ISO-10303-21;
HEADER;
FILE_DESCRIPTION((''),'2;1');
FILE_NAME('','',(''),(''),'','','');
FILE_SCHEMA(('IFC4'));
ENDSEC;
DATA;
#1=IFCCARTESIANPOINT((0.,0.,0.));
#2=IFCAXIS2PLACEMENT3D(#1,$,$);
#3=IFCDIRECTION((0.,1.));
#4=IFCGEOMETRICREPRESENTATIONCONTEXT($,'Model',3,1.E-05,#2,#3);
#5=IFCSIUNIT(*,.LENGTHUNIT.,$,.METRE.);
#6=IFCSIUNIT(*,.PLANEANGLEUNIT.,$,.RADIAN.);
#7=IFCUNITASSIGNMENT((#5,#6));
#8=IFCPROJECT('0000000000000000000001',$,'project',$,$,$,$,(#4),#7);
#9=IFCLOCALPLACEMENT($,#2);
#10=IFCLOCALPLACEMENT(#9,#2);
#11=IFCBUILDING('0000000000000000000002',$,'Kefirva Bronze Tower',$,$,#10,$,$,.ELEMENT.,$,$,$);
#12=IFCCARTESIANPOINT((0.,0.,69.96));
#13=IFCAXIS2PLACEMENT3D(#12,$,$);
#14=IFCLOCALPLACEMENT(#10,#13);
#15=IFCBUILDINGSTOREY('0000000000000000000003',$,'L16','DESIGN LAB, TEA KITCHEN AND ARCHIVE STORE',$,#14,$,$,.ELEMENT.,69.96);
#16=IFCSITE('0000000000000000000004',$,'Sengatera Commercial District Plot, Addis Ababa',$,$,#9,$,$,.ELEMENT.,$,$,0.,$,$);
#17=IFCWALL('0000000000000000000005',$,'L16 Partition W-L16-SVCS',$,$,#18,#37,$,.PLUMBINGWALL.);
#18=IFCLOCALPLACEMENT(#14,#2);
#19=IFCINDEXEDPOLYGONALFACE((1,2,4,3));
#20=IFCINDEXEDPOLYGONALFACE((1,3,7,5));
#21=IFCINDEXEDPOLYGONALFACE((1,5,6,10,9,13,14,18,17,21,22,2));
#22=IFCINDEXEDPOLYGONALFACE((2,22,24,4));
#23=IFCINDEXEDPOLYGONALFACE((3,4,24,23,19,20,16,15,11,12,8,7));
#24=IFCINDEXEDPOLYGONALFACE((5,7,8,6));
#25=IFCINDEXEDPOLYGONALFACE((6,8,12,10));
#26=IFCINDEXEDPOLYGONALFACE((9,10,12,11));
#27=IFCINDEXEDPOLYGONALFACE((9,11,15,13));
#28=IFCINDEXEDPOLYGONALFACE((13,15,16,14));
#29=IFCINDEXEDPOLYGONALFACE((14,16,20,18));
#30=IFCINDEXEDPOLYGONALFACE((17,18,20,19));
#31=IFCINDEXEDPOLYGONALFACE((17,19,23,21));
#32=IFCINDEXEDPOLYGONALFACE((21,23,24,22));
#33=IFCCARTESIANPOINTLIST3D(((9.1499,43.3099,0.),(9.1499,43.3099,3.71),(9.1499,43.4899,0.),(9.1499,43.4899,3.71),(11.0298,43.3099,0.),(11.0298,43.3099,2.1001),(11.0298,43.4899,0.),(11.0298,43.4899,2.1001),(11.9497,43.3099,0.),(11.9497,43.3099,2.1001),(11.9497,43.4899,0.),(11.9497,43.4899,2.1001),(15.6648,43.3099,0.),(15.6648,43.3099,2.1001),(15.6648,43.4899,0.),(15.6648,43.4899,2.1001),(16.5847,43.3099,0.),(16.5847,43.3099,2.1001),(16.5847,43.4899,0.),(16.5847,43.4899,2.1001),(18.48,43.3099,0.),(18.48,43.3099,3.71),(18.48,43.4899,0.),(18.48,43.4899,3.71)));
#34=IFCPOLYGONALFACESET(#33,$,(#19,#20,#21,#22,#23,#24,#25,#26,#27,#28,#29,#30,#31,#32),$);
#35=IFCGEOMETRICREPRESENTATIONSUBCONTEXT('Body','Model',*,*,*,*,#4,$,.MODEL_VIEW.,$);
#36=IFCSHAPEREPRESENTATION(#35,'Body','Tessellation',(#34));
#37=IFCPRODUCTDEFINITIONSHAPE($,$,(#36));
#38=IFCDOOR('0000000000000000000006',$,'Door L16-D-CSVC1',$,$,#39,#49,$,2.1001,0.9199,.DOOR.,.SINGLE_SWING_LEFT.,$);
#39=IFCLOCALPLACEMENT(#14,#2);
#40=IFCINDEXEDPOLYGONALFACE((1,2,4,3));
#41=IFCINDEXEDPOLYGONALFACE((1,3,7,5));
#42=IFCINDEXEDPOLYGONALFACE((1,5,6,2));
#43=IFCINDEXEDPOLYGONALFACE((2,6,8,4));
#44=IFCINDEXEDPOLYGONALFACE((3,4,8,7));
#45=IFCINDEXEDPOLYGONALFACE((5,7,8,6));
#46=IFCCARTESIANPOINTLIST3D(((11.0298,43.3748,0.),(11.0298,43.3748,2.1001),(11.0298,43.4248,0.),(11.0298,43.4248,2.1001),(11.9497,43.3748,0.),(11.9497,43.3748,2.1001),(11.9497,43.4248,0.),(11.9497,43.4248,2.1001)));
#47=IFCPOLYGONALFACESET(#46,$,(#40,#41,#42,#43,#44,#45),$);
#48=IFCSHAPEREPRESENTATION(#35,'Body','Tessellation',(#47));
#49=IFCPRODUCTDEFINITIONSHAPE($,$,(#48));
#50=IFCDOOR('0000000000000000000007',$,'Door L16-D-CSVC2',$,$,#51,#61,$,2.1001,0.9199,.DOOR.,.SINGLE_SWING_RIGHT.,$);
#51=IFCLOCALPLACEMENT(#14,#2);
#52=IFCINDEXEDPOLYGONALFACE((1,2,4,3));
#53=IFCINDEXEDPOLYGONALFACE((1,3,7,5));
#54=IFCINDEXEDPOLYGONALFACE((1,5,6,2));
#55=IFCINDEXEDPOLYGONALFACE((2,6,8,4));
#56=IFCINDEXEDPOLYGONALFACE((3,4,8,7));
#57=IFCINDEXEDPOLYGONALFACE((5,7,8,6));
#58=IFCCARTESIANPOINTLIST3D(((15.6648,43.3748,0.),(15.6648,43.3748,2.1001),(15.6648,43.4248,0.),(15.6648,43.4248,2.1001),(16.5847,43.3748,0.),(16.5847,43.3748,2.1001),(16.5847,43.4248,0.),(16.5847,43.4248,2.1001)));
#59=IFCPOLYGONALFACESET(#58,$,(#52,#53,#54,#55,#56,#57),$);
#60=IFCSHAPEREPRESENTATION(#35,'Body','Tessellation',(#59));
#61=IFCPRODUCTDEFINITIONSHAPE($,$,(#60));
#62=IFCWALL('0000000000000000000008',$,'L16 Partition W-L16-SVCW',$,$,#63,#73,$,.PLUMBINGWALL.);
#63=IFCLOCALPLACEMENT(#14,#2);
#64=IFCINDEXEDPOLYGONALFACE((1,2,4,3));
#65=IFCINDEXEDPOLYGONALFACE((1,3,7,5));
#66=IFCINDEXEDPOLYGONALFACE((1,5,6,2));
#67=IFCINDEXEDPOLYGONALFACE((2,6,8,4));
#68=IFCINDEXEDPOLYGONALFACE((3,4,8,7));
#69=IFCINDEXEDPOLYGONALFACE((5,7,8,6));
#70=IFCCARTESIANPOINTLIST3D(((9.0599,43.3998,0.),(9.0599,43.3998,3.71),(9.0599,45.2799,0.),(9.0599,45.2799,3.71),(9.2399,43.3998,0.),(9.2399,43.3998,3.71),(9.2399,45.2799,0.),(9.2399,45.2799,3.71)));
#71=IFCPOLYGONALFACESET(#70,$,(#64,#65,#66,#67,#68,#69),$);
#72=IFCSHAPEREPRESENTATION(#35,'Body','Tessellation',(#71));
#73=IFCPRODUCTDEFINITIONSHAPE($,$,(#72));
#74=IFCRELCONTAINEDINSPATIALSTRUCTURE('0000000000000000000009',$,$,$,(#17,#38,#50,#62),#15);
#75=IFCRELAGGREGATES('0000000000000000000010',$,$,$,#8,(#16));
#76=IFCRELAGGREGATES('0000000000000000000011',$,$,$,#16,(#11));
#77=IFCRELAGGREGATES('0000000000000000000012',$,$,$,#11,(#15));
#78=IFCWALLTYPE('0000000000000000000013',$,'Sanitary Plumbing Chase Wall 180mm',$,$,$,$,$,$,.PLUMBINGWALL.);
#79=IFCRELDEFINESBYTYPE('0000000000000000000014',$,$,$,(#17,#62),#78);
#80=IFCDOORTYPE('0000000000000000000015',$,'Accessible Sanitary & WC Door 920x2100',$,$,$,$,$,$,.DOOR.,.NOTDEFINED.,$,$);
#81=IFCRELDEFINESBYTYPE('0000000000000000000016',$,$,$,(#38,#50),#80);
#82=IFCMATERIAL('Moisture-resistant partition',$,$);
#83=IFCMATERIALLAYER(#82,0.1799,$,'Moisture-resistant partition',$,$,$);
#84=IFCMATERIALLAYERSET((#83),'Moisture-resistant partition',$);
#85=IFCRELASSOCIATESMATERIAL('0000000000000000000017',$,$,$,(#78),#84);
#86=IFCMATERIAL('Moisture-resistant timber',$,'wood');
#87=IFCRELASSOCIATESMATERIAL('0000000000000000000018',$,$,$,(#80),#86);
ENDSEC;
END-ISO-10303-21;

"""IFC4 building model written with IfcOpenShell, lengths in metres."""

from ifc_helpers import new_model, si_unit, direction, frame, frame_2d, origin, place, context, subcontext, project, spatial, rectangle, extrude, material, layer, layer_set, type_object, element, fill, save


model = new_model("IFC4")

# Units and contexts
model_context = context("Model", 3, precision=1e-05, world=origin(), true_north=direction((0.0, 1.0)))
body_context = subcontext(model_context, "Body", "Model", "MODEL_VIEW")
ifc_project = project(units=[si_unit("LENGTHUNIT", "METRE"), si_unit("PLANEANGLEUNIT", "RADIAN")], contexts=[model_context])

# Site, building, storey
site_placement = place(None, origin())
site = spatial("IfcSite", under=ifc_project, at=site_placement, Name="Sengatera Commercial District Plot, Addis Ababa", CompositionType="ELEMENT", RefElevation=0.0)
building_placement = place(site_placement, origin())
building = spatial("IfcBuilding", under=site, at=building_placement, Name="Kefirva Bronze Tower", CompositionType="ELEMENT")
storey_placement = place(building_placement, frame((0.0, 0.0, 69.96)))
storey = spatial("IfcBuildingStorey", under=building, at=storey_placement, Name="L16", Description="DESIGN LAB, TEA KITCHEN AND ARCHIVE STORE", CompositionType="ELEMENT", Elevation=69.96)

# Wall, openings, doors
ifc_material_1 = material(Name="Moisture-resistant partition")
ifc_layer_1 = layer(ifc_material_1, 0.1799, Name="Moisture-resistant partition")
ifc_layer_set_1 = layer_set([ifc_layer_1], Name="Moisture-resistant partition")
wall_type_1 = type_object("IfcWallType", Name="Sanitary Plumbing Chase Wall 180mm", PredefinedType="PLUMBINGWALL", material=ifc_layer_set_1)
wall_1_placement = place(storey_placement, frame((9.1499, 43.3999, 0.0), z_axis=(0.0, 0.0, 1.0), x_axis=(1.0, 0.0, 0.0)))
wall_1 = element("IfcWall", 1, at=wall_1_placement, inside=storey, type_object=wall_type_1, Name="L16 Partition W-L16-SVCS", PredefinedType="PLUMBINGWALL", context=body_context, shape_type="SweptSolid", body=[
    extrude(rectangle(XDim=9.3301, YDim=0.1799, at=frame_2d((4.665, 0.0))), origin(), (0.0, 0.0, 1.0), 3.71),
])
opening_1_placement = place(wall_1_placement, frame((1.8799, 0.0, 0.0)))
opening_1 = element("IfcOpeningElement", 2, at=opening_1_placement, cuts=wall_1, PredefinedType="OPENING", context=body_context, shape_type="SweptSolid", body=[
    extrude(rectangle(XDim=0.9199, YDim=2.1001, at=frame_2d((0.46, 1.05))), frame((0.0, 0.1001, 0.0), z_axis=(0.0, -1.0, 0.0), x_axis=(1.0, 0.0, 0.0)), (0.0, 0.0, 1.0), 0.2),
])
opening_2_placement = place(wall_1_placement, frame((6.5149, 0.0, 0.0)))
opening_2 = element("IfcOpeningElement", 3, at=opening_2_placement, cuts=wall_1, PredefinedType="OPENING", context=body_context, shape_type="SweptSolid", body=[
    extrude(rectangle(XDim=0.9199, YDim=2.1001, at=frame_2d((0.46, 1.05))), frame((0.0, 0.1001, 0.0), z_axis=(0.0, -1.0, 0.0), x_axis=(1.0, 0.0, 0.0)), (0.0, 0.0, 1.0), 0.2),
])
ifc_material_2 = material(Name="Moisture-resistant timber", Category="wood")
door_type_1 = type_object("IfcDoorType", Name="Accessible Sanitary & WC Door 920x2100", OperationType="NOTDEFINED", PredefinedType="DOOR", material=ifc_material_2)
door_1_placement = place(opening_1_placement, origin())
door_1 = element("IfcDoor", 4, at=door_1_placement, inside=storey, type_object=door_type_1, Name="Door L16-D-CSVC1", OperationType="SINGLE_SWING_LEFT", OverallHeight=2.1001, OverallWidth=0.9199, PredefinedType="DOOR", context=body_context, shape_type="SweptSolid", body=[
    extrude(rectangle(XDim=0.9199, YDim=2.1001, at=frame_2d((0.46, 1.05))), frame((0.0, 0.0249, 0.0), z_axis=(0.0, -1.0, 0.0), x_axis=(1.0, 0.0, 0.0)), (0.0, 0.0, 1.0), 0.05),
])
fill(opening_1, door_1)
door_2_placement = place(opening_2_placement, origin())
door_2 = element("IfcDoor", 5, at=door_2_placement, inside=storey, type_object=door_type_1, Name="Door L16-D-CSVC2", OperationType="SINGLE_SWING_RIGHT", OverallHeight=2.1001, OverallWidth=0.9199, PredefinedType="DOOR", context=body_context, shape_type="SweptSolid", body=[
    extrude(rectangle(XDim=0.9199, YDim=2.1001, at=frame_2d((0.46, 1.05))), frame((0.0, 0.0249, 0.0), z_axis=(0.0, -1.0, 0.0), x_axis=(1.0, 0.0, 0.0)), (0.0, 0.0, 1.0), 0.05),
])
fill(opening_2, door_2)

# Wall
wall_2_placement = place(storey_placement, frame((9.1499, 43.3999, 0.0), z_axis=(0.0, 0.0, 1.0), x_axis=(0.0, 1.0, 0.0)))
element("IfcWall", 6, at=wall_2_placement, inside=storey, type_object=wall_type_1, Name="L16 Partition W-L16-SVCW", PredefinedType="PLUMBINGWALL", context=body_context, shape_type="SweptSolid", body=[
    extrude(rectangle(XDim=1.8801, YDim=0.1799, at=frame_2d((0.9399, 0.0))), origin(), (0.0, 0.0, 1.0), 3.71),
])

save(model, "model.ifc")
